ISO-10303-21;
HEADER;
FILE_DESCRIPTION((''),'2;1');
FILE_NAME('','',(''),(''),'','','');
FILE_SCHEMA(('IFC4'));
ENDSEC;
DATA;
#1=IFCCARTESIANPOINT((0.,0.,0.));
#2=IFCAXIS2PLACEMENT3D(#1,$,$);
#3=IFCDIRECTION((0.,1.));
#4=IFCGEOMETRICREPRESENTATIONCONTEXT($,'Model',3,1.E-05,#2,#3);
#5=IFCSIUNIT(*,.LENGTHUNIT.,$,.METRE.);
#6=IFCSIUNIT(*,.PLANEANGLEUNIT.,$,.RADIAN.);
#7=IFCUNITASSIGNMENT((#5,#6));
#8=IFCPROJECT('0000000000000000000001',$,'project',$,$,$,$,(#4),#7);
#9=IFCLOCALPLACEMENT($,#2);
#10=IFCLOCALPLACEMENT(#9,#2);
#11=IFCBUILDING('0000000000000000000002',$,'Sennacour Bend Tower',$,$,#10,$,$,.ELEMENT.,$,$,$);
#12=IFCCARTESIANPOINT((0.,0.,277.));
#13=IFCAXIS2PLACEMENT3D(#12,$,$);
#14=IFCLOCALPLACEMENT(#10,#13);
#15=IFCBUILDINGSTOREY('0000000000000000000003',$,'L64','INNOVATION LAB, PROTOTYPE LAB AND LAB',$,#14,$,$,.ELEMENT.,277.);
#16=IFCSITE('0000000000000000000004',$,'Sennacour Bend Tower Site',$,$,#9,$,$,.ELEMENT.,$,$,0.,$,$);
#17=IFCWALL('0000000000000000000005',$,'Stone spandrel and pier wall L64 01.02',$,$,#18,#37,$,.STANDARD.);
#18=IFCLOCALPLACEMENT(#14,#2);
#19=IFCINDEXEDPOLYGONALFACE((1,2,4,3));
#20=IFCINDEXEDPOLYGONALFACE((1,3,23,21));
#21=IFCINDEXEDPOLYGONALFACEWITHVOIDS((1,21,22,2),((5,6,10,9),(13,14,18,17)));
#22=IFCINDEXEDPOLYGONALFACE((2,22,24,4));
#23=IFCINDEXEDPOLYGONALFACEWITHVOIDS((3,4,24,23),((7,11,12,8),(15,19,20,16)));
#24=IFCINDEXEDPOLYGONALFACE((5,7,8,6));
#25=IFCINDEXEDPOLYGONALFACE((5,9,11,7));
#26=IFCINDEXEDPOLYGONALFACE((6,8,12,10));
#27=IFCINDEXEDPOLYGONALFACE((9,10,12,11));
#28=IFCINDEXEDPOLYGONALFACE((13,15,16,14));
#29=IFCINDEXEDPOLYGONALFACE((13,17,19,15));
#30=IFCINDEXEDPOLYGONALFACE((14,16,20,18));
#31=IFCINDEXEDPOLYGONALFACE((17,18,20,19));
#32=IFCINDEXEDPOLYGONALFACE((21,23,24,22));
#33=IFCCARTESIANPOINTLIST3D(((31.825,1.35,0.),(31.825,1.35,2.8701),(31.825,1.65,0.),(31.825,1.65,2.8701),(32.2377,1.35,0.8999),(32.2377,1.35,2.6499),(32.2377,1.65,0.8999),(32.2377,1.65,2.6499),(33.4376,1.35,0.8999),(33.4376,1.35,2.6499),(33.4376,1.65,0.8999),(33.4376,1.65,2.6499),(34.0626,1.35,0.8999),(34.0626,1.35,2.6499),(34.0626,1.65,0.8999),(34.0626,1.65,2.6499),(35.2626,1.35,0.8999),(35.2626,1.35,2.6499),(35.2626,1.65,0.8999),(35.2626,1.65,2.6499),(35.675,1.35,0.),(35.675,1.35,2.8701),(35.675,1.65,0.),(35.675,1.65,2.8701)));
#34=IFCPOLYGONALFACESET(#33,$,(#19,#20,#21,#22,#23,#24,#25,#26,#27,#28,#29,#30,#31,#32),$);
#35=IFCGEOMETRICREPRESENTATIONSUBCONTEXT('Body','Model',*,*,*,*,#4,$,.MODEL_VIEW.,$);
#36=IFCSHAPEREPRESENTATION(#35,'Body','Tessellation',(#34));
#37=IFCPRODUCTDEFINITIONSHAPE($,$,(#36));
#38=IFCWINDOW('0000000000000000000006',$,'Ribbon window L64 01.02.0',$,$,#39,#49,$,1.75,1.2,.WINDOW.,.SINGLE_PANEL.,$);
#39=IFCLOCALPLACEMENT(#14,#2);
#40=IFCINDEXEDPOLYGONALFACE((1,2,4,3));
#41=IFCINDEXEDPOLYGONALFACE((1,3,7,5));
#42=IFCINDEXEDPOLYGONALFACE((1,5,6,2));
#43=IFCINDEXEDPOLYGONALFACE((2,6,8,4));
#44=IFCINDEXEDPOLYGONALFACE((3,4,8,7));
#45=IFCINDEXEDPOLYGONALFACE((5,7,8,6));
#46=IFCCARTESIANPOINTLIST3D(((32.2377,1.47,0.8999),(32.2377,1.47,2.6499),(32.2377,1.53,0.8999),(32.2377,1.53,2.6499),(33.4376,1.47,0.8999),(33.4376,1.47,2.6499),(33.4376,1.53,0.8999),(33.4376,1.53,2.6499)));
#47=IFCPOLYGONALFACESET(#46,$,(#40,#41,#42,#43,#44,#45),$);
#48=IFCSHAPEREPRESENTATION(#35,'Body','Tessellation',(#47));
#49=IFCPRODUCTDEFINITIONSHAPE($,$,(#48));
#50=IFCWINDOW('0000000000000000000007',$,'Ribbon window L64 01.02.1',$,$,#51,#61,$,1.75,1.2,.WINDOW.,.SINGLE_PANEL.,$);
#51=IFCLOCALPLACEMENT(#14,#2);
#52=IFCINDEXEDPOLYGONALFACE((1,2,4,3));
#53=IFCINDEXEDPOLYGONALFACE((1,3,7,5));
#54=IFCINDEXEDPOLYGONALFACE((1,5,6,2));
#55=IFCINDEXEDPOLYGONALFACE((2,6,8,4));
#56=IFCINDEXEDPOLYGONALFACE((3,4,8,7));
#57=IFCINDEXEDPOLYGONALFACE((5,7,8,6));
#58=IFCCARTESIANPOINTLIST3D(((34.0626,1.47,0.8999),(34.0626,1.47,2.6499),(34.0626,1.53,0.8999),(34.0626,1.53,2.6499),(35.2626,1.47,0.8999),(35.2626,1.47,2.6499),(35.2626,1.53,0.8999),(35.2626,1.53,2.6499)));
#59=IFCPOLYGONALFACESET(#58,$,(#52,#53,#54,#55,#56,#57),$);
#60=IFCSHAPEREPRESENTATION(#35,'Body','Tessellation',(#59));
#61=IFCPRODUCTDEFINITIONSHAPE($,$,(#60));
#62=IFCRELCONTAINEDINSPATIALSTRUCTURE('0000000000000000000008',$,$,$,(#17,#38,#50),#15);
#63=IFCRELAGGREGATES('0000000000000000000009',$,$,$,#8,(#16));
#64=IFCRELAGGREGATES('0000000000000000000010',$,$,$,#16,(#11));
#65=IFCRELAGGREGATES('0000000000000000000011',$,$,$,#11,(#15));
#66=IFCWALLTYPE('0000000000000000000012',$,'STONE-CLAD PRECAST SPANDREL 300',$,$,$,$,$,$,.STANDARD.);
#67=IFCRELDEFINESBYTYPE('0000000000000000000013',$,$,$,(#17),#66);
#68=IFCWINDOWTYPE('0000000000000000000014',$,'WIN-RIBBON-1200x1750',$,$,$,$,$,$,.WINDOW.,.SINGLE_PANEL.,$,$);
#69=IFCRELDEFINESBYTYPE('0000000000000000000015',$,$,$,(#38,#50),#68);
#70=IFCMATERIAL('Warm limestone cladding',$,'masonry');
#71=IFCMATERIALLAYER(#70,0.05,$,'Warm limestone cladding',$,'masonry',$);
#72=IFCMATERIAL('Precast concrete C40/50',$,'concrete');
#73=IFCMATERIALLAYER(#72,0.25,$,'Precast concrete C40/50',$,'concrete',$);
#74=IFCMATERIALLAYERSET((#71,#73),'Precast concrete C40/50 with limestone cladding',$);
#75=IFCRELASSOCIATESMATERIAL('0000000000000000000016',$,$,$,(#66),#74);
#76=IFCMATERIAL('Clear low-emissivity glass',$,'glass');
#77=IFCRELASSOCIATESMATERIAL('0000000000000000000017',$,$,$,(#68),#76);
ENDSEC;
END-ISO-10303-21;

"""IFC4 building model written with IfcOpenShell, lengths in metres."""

from ifc_helpers import new_model, si_unit, direction, frame, frame_2d, origin, place, context, subcontext, project, spatial, rectangle, extrude, material, layer, layer_set, type_object, element, fill, save


model = new_model("IFC4")

# Units and contexts
model_context = context("Model", 3, precision=1e-05, world=origin(), true_north=direction((0.0, 1.0)))
body_context = subcontext(model_context, "Body", "Model", "MODEL_VIEW")
ifc_project = project(units=[si_unit("LENGTHUNIT", "METRE"), si_unit("PLANEANGLEUNIT", "RADIAN")], contexts=[model_context])

# Site, building, storey
site_placement = place(None, origin())
site = spatial("IfcSite", under=ifc_project, at=site_placement, Name="Sennacour Bend Tower Site", CompositionType="ELEMENT", RefElevation=0.0)
building_placement = place(site_placement, origin())
building = spatial("IfcBuilding", under=site, at=building_placement, Name="Sennacour Bend Tower", CompositionType="ELEMENT")
storey_placement = place(building_placement, frame((0.0, 0.0, 277.0)))
storey = spatial("IfcBuildingStorey", under=building, at=storey_placement, Name="L64", Description="INNOVATION LAB, PROTOTYPE LAB AND LAB", CompositionType="ELEMENT", Elevation=277.0)

# Shared definitions
ifc_material_1 = material(Name="Warm limestone cladding", Category="masonry")
ifc_layer_1 = layer(ifc_material_1, 0.05, Name="Warm limestone cladding", Category="masonry")
ifc_material_2 = material(Name="Precast concrete C40/50", Category="concrete")
ifc_layer_2 = layer(ifc_material_2, 0.25, Name="Precast concrete C40/50", Category="concrete")
ifc_layer_set_1 = layer_set([ifc_layer_1, ifc_layer_2], Name="Precast concrete C40/50 with limestone cladding")
wall_type_1 = type_object("IfcWallType", Name="STONE-CLAD PRECAST SPANDREL 300", PredefinedType="STANDARD", material=ifc_layer_set_1)

# Wall, openings, windows
ifc_material_3 = material(Name="Clear low-emissivity glass", Category="glass")
window_type = type_object("IfcWindowType", Name="WIN-RIBBON-1200x1750", PartitioningType="SINGLE_PANEL", PredefinedType="WINDOW", material=ifc_material_3)
wall_1_placement = place(storey_placement, frame((31.825, 1.5, 0.0), z_axis=(0.0, 0.0, 1.0), x_axis=(1.0, 0.0, 0.0)))
wall_1 = element("IfcWall", 1, at=wall_1_placement, inside=storey, type_object=wall_type_1, Name="Stone spandrel and pier wall L64 01.02", PredefinedType="STANDARD", context=body_context, shape_type="SweptSolid", body=[
    extrude(rectangle(XDim=3.8501, YDim=0.3, at=frame_2d((1.925, 0.0))), origin(), (0.0, 0.0, 1.0), 2.8701),
])
opening_1_placement = place(wall_1_placement, frame((0.4126, 0.0, 0.8999)))
opening_1 = element("IfcOpeningElement", 2, at=opening_1_placement, cuts=wall_1, PredefinedType="OPENING", context=body_context, shape_type="SweptSolid", body=[
    extrude(rectangle(XDim=1.2, YDim=1.75, at=frame_2d((0.6001, 0.875))), frame((0.0, 0.1602, 0.0), z_axis=(0.0, -1.0, 0.0), x_axis=(1.0, 0.0, 0.0)), (0.0, 0.0, 1.0), 0.3201),
])
opening_2_placement = place(wall_1_placement, frame((2.2375, 0.0, 0.8999)))
opening_2 = element("IfcOpeningElement", 3, at=opening_2_placement, cuts=wall_1, PredefinedType="OPENING", context=body_context, shape_type="SweptSolid", body=[
    extrude(rectangle(XDim=1.2, YDim=1.75, at=frame_2d((0.6001, 0.875))), frame((0.0, 0.1602, 0.0), z_axis=(0.0, -1.0, 0.0), x_axis=(1.0, 0.0, 0.0)), (0.0, 0.0, 1.0), 0.3201),
])
window_1_placement = place(opening_1_placement, origin())
window_1 = element("IfcWindow", 4, at=window_1_placement, inside=storey, type_object=window_type, Name="Ribbon window L64 01.02.0", OverallHeight=1.75, OverallWidth=1.2, PartitioningType="SINGLE_PANEL", PredefinedType="WINDOW", context=body_context, shape_type="SweptSolid", body=[
    extrude(rectangle(XDim=1.2, YDim=1.75, at=frame_2d((0.6001, 0.875))), frame((0.0, 0.03, 0.0), z_axis=(0.0, -1.0, 0.0), x_axis=(1.0, 0.0, 0.0)), (0.0, 0.0, 1.0), 0.0601),
])
fill(opening_1, window_1)
window_2_placement = place(opening_2_placement, origin())
window_2 = element("IfcWindow", 5, at=window_2_placement, inside=storey, type_object=window_type, Name="Ribbon window L64 01.02.1", OverallHeight=1.75, OverallWidth=1.2, PartitioningType="SINGLE_PANEL", PredefinedType="WINDOW", context=body_context, shape_type="SweptSolid", body=[
    extrude(rectangle(XDim=1.2, YDim=1.75, at=frame_2d((0.6001, 0.875))), frame((0.0, 0.03, 0.0), z_axis=(0.0, -1.0, 0.0), x_axis=(1.0, 0.0, 0.0)), (0.0, 0.0, 1.0), 0.0601),
])
fill(opening_2, window_2)

save(model, "model.ifc")
